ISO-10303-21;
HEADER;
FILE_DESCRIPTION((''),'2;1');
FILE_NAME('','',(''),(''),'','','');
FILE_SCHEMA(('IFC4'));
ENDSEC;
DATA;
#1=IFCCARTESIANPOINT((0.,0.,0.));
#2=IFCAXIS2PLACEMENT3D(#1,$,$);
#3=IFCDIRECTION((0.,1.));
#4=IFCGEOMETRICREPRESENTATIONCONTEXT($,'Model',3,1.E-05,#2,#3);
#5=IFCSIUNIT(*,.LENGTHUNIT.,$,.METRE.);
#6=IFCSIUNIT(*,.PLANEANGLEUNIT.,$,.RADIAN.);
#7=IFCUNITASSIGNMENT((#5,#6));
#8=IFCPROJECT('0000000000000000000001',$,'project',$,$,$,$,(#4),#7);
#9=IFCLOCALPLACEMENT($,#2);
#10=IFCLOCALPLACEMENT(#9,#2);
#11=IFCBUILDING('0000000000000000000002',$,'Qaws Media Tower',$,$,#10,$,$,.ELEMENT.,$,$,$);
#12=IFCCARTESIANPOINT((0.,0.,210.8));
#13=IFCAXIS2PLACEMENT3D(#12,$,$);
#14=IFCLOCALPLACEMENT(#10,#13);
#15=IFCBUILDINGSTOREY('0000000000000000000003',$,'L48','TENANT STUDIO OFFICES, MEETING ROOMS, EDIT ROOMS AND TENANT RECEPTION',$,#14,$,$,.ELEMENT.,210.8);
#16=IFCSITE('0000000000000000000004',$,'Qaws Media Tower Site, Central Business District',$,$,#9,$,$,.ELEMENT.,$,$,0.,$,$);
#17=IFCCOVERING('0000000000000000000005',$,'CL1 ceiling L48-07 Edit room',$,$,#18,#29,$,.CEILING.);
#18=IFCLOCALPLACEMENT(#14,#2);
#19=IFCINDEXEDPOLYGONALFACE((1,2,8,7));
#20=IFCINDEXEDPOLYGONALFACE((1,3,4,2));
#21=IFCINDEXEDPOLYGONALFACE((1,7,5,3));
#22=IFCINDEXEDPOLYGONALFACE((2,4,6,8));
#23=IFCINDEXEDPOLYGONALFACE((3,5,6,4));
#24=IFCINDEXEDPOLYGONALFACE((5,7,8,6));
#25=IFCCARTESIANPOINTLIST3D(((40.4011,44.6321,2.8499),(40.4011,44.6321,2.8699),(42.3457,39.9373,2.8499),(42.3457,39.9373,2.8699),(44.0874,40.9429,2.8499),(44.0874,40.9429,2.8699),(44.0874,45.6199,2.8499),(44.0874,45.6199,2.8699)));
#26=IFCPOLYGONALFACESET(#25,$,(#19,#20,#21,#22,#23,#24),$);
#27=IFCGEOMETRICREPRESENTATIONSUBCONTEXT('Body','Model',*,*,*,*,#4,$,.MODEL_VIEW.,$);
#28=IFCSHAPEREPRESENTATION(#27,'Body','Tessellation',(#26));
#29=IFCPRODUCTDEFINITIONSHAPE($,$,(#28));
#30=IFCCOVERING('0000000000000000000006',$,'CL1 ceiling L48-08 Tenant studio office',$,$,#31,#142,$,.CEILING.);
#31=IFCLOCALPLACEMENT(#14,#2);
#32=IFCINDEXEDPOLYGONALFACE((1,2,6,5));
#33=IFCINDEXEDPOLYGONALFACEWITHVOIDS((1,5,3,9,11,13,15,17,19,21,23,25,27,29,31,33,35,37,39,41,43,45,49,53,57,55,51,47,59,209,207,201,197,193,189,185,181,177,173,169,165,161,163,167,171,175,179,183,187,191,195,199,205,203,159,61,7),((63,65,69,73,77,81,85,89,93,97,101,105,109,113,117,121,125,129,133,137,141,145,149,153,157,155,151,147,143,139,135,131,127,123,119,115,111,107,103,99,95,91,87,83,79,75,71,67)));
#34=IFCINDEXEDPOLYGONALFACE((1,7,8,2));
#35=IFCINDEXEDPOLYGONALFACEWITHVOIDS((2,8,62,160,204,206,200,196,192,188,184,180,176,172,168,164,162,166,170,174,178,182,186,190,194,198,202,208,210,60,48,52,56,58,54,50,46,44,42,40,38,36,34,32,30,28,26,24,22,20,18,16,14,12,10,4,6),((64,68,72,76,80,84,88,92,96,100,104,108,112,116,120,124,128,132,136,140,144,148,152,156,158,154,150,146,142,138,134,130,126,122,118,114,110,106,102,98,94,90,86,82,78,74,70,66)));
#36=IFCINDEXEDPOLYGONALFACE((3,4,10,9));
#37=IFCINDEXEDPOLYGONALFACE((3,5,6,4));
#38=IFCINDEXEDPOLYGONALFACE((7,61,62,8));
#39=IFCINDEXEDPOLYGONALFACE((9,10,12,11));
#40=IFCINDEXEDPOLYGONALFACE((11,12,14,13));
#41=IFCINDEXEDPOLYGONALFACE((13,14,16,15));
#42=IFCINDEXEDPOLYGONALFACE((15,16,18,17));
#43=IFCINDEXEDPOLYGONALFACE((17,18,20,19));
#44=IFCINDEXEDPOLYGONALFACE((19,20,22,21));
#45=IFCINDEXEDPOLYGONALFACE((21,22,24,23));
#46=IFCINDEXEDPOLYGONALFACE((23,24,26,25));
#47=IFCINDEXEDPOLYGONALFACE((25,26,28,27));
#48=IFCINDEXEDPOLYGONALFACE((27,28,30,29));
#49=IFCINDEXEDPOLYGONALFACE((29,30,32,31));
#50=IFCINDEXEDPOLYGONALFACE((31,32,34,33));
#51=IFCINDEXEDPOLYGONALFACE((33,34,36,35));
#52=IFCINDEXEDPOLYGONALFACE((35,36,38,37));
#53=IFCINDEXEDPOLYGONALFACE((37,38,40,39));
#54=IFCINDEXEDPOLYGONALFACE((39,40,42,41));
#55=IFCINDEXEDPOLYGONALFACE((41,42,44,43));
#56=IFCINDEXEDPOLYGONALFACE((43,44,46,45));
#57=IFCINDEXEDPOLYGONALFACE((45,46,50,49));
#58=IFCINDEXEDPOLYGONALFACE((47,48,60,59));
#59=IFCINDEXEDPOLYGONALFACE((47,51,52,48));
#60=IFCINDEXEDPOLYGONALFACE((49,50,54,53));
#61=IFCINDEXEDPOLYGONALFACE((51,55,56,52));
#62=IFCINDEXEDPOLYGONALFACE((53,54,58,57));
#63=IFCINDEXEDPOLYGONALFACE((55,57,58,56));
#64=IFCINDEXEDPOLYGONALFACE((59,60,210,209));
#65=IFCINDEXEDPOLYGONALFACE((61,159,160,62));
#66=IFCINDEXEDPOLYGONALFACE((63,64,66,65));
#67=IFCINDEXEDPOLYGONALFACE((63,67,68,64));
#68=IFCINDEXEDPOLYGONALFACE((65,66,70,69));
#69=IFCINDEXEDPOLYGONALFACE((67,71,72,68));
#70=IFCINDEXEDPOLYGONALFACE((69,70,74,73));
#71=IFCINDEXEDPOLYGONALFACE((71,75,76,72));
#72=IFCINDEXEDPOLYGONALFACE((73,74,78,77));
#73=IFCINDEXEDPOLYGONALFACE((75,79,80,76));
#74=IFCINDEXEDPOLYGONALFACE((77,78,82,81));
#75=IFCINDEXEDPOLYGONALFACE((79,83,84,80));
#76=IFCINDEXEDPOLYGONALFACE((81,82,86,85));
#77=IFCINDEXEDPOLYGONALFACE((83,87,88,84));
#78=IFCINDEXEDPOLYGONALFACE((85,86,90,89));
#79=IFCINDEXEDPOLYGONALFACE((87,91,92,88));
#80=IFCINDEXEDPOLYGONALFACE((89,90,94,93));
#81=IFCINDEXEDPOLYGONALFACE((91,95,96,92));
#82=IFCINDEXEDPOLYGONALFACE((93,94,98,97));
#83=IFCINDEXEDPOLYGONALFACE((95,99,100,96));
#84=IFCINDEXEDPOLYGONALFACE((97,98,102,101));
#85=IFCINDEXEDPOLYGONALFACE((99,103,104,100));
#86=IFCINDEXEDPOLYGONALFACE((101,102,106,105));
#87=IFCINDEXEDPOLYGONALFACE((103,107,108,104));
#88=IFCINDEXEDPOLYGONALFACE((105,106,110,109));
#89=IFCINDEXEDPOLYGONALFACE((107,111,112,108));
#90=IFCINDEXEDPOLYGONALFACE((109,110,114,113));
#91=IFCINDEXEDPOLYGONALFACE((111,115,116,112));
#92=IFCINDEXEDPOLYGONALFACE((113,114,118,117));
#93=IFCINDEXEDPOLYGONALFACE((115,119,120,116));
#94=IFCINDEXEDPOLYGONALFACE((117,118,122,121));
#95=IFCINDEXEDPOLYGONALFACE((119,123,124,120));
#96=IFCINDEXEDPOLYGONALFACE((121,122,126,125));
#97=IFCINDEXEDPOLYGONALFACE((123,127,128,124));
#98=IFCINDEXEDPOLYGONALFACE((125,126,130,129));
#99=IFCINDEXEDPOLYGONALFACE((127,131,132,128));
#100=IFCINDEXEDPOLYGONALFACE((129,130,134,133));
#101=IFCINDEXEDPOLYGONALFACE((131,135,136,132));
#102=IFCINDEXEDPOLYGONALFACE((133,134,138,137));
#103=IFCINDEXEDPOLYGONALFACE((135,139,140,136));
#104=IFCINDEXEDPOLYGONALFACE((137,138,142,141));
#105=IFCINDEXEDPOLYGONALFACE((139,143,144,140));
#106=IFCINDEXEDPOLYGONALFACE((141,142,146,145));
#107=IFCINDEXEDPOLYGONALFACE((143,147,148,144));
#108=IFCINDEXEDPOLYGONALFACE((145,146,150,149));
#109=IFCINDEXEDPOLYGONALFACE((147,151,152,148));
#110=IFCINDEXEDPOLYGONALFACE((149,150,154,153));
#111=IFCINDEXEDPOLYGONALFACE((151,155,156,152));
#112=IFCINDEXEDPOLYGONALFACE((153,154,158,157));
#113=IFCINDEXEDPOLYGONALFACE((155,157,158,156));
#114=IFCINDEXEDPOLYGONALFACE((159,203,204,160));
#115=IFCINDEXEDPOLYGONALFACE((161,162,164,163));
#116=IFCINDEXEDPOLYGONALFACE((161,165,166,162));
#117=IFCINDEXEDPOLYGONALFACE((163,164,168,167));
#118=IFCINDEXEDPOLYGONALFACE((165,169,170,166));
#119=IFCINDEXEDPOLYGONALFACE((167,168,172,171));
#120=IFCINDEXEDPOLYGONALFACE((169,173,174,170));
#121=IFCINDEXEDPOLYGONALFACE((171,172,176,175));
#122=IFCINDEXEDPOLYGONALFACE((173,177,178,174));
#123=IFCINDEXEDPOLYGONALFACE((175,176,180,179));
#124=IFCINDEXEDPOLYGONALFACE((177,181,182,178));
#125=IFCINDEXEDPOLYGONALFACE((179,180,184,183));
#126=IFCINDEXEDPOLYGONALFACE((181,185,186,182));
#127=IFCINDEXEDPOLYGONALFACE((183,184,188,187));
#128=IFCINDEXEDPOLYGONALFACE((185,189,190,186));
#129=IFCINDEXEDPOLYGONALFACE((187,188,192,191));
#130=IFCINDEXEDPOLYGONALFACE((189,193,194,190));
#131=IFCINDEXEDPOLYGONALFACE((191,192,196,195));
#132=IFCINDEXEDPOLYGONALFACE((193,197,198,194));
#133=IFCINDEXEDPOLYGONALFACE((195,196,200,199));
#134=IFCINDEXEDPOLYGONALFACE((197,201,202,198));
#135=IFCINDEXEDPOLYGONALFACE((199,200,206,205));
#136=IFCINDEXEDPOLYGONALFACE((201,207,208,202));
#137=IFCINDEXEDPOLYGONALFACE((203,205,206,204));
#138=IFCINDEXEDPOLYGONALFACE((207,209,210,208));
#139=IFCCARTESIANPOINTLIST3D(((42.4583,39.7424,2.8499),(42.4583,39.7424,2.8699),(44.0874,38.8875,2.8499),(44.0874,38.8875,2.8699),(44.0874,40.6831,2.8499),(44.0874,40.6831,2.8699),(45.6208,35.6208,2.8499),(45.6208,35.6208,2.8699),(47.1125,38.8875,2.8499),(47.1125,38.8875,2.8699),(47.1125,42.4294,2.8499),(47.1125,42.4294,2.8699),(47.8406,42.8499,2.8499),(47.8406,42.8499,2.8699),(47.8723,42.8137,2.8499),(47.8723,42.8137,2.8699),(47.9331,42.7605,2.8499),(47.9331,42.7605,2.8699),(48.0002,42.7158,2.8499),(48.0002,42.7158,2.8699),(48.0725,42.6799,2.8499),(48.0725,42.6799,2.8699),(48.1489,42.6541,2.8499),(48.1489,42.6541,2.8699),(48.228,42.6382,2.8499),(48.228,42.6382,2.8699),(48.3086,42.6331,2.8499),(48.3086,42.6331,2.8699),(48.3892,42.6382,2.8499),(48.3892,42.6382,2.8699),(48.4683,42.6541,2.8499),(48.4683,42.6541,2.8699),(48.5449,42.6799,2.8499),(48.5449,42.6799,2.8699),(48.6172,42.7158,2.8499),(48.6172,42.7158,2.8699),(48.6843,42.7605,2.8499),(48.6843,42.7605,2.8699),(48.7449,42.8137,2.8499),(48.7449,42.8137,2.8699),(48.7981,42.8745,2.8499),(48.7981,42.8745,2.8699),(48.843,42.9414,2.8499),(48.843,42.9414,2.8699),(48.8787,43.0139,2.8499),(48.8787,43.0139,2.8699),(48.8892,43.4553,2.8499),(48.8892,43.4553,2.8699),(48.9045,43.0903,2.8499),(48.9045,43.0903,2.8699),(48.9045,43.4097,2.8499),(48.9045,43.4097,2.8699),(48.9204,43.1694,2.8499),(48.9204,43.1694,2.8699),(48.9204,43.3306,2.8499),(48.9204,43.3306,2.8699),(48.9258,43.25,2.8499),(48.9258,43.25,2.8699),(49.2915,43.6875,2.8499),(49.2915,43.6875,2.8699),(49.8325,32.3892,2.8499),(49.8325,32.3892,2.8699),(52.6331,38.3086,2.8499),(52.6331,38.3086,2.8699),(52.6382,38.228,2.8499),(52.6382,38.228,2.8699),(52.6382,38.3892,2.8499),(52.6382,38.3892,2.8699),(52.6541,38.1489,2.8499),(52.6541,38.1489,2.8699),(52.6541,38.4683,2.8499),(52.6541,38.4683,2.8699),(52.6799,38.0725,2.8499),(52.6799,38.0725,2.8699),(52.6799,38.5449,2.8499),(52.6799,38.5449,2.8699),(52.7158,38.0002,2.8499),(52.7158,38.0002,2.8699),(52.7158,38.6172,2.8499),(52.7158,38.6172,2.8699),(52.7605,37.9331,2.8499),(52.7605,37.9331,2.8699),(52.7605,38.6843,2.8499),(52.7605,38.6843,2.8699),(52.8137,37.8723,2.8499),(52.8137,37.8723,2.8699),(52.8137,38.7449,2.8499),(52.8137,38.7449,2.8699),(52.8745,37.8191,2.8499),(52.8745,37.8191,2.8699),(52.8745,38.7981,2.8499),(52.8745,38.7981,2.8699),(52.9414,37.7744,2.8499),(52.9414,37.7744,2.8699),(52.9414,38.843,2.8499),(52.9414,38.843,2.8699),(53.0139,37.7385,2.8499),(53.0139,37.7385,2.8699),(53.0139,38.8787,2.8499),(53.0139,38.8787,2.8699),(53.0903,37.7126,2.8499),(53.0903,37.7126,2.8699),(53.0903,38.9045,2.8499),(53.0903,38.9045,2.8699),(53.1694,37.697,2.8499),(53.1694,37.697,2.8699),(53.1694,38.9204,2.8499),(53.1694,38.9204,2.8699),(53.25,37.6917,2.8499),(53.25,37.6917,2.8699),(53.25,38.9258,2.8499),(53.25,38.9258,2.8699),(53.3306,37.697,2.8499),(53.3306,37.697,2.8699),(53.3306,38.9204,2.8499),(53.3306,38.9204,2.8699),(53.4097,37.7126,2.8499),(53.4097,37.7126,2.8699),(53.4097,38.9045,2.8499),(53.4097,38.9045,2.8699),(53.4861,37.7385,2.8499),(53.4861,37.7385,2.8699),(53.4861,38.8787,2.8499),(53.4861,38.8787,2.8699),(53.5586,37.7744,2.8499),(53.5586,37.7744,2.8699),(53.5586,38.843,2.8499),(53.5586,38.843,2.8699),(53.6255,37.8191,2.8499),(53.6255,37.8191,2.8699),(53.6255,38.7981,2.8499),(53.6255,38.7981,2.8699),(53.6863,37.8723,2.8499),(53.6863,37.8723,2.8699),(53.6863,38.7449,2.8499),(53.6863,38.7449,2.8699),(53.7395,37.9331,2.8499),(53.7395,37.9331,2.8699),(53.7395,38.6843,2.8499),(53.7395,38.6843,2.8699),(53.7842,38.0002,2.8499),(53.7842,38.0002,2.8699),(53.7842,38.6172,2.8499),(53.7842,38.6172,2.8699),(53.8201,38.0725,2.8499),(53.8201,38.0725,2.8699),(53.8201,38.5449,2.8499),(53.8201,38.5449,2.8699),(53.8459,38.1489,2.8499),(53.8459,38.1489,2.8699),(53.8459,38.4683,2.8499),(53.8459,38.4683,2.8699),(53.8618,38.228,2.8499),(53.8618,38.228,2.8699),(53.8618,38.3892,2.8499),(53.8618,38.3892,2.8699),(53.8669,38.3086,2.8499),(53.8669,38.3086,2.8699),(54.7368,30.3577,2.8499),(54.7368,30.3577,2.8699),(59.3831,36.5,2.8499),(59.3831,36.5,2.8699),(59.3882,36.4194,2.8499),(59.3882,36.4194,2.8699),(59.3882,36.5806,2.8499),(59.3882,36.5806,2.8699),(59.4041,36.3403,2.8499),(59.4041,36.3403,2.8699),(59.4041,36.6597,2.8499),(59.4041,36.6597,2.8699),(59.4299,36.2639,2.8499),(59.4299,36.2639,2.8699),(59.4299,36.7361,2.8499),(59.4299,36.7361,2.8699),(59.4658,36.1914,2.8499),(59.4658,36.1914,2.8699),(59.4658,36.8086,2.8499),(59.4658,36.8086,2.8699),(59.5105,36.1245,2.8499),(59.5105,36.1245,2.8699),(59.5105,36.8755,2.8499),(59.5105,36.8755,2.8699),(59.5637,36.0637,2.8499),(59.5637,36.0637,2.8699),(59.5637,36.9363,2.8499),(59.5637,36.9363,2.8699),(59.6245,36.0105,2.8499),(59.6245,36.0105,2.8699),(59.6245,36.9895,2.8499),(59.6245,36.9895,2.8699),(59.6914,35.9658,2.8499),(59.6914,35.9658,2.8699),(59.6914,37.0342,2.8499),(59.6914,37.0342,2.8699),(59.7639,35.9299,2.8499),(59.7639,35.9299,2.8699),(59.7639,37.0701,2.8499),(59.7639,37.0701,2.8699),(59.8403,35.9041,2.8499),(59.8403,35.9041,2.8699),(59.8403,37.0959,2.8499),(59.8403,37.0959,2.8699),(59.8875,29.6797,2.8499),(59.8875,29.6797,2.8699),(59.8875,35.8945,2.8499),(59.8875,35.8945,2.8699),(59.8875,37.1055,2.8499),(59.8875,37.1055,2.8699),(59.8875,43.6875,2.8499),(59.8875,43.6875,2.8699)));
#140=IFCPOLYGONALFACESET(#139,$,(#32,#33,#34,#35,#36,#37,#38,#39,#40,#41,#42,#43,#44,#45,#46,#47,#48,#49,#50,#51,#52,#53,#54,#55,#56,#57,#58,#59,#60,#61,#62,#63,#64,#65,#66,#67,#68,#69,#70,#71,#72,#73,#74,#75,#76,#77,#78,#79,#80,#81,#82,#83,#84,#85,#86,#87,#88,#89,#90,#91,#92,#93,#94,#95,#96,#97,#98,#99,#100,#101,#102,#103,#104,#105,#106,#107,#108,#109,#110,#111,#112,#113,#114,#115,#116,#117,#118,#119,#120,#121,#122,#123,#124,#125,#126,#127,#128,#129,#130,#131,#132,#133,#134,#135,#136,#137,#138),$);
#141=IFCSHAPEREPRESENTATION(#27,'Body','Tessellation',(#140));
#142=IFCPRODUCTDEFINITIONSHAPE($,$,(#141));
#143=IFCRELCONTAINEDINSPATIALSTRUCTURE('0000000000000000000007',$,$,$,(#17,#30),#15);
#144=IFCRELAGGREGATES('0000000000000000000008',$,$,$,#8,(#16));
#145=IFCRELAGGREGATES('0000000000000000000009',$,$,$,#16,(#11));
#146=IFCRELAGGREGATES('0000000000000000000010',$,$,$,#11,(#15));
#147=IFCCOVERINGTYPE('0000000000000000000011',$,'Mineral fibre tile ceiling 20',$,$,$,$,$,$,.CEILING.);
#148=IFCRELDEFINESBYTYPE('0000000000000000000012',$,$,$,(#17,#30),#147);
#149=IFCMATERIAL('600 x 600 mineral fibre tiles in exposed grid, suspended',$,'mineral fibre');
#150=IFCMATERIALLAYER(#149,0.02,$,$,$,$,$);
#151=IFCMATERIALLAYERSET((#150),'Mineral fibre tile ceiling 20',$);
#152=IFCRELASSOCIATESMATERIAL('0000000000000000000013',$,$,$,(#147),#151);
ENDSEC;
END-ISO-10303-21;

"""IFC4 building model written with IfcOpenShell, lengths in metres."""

from ifc_helpers import new_model, si_unit, direction, frame, origin, place, context, subcontext, project, spatial, polyline, outline, extrude, material, layer, layer_set, type_object, element, save


model = new_model("IFC4")

# Units and contexts
model_context = context("Model", 3, precision=1e-05, world=origin(), true_north=direction((0.0, 1.0)))
body_context = subcontext(model_context, "Body", "Model", "MODEL_VIEW")
ifc_project = project(units=[si_unit("LENGTHUNIT", "METRE"), si_unit("PLANEANGLEUNIT", "RADIAN")], contexts=[model_context])

# Site, building, storey
site_placement = place(None, origin())
site = spatial("IfcSite", under=ifc_project, at=site_placement, Name="Qaws Media Tower Site, Central Business District", CompositionType="ELEMENT", RefElevation=0.0)
building_placement = place(site_placement, origin())
building = spatial("IfcBuilding", under=site, at=building_placement, Name="Qaws Media Tower", CompositionType="ELEMENT")
storey_placement = place(building_placement, frame((0.0, 0.0, 210.8)))
storey = spatial("IfcBuildingStorey", under=building, at=storey_placement, Name="L48", Description="TENANT STUDIO OFFICES, MEETING ROOMS, EDIT ROOMS AND TENANT RECEPTION", CompositionType="ELEMENT", Elevation=210.8)

# Coverings
ifc_material_1 = material(Name="600 x 600 mineral fibre tiles in exposed grid, suspended", Category="mineral fibre")
ifc_layer_1 = layer(ifc_material_1, 0.02)
ifc_layer_set_1 = layer_set([ifc_layer_1], Name="Mineral fibre tile ceiling 20")
covering_type_1 = type_object("IfcCoveringType", Name="Mineral fibre tile ceiling 20", PredefinedType="CEILING", material=ifc_layer_set_1)
covering_1_placement = place(storey_placement, frame((0.0, 0.0, 2.8499)))
element("IfcCovering", 1, at=covering_1_placement, inside=storey, type_object=covering_type_1, Name="CL1 ceiling L48-07 Edit room", PredefinedType="CEILING", context=body_context, shape_type="SweptSolid", body=[
    extrude(outline(polyline([(40.4011, 44.6321), (44.0874, 45.6199), (44.0874, 40.9429), (42.3457, 39.9373), (40.4011, 44.6321)])), origin(), (0.0, 0.0, 1.0), 0.02),
])
covering_2_placement = place(storey_placement, frame((0.0, 0.0, 2.8499)))
element("IfcCovering", 2, at=covering_2_placement, inside=storey, type_object=covering_type_1, Name="CL1 ceiling L48-08 Tenant studio office", PredefinedType="CEILING", context=body_context, shape_type="SweptSolid", body=[
    extrude(outline(polyline([(54.7368, 30.3577), (49.8325, 32.3892), (45.6208, 35.6208), (42.4583, 39.7424), (44.0874, 40.6831), (44.0874, 38.8875), (47.1125, 38.8875), (47.1125, 42.4294), (47.8406, 42.8499), (47.8723, 42.8137), (47.9331, 42.7605), (48.0002, 42.7158), (48.0725, 42.6799), (48.1489, 42.6541), (48.228, 42.6382), (48.3086, 42.6331), (48.3892, 42.6382), (48.4683, 42.6541), (48.5449, 42.6799), (48.6172, 42.7158), (48.6843, 42.7605), (48.7449, 42.8137), (48.7981, 42.8745), (48.843, 42.9414), (48.8787, 43.0139), (48.9045, 43.0903), (48.9204, 43.1694), (48.9258, 43.25), (48.9204, 43.3306), (48.9045, 43.4097), (48.8892, 43.4553), (49.2915, 43.6875), (59.8875, 43.6875), (59.8875, 37.1055), (59.8403, 37.0959), (59.7639, 37.0701), (59.6914, 37.0342), (59.6245, 36.9895), (59.5637, 36.9363), (59.5105, 36.8755), (59.4658, 36.8086), (59.4299, 36.7361), (59.4041, 36.6597), (59.3882, 36.5806), (59.3831, 36.5), (59.3882, 36.4194), (59.4041, 36.3403), (59.4299, 36.2639), (59.4658, 36.1914), (59.5105, 36.1245), (59.5637, 36.0637), (59.6245, 36.0105), (59.6914, 35.9658), (59.7639, 35.9299), (59.8403, 35.9041), (59.8875, 35.8945), (59.8875, 29.6797), (54.7368, 30.3577)]), holes=[polyline([(53.8459, 38.1489), (53.8618, 38.228), (53.8669, 38.3086), (53.8618, 38.3892), (53.8459, 38.4683), (53.8201, 38.5449), (53.7842, 38.6172), (53.7395, 38.6843), (53.6863, 38.7449), (53.6255, 38.7981), (53.5586, 38.843), (53.4861, 38.8787), (53.4097, 38.9045), (53.3306, 38.9204), (53.25, 38.9258), (53.1694, 38.9204), (53.0903, 38.9045), (53.0139, 38.8787), (52.9414, 38.843), (52.8745, 38.7981), (52.8137, 38.7449), (52.7605, 38.6843), (52.7158, 38.6172), (52.6799, 38.5449), (52.6541, 38.4683), (52.6382, 38.3892), (52.6331, 38.3086), (52.6382, 38.228), (52.6541, 38.1489), (52.6799, 38.0725), (52.7158, 38.0002), (52.7605, 37.9331), (52.8137, 37.8723), (52.8745, 37.8191), (52.9414, 37.7744), (53.0139, 37.7385), (53.0903, 37.7126), (53.1694, 37.697), (53.25, 37.6917), (53.3306, 37.697), (53.4097, 37.7126), (53.4861, 37.7385), (53.5586, 37.7744), (53.6255, 37.8191), (53.6863, 37.8723), (53.7395, 37.9331), (53.7842, 38.0002), (53.8201, 38.0725), (53.8459, 38.1489)])]), origin(), (0.0, 0.0, 1.0), 0.02),
])

save(model, "model.ifc")
